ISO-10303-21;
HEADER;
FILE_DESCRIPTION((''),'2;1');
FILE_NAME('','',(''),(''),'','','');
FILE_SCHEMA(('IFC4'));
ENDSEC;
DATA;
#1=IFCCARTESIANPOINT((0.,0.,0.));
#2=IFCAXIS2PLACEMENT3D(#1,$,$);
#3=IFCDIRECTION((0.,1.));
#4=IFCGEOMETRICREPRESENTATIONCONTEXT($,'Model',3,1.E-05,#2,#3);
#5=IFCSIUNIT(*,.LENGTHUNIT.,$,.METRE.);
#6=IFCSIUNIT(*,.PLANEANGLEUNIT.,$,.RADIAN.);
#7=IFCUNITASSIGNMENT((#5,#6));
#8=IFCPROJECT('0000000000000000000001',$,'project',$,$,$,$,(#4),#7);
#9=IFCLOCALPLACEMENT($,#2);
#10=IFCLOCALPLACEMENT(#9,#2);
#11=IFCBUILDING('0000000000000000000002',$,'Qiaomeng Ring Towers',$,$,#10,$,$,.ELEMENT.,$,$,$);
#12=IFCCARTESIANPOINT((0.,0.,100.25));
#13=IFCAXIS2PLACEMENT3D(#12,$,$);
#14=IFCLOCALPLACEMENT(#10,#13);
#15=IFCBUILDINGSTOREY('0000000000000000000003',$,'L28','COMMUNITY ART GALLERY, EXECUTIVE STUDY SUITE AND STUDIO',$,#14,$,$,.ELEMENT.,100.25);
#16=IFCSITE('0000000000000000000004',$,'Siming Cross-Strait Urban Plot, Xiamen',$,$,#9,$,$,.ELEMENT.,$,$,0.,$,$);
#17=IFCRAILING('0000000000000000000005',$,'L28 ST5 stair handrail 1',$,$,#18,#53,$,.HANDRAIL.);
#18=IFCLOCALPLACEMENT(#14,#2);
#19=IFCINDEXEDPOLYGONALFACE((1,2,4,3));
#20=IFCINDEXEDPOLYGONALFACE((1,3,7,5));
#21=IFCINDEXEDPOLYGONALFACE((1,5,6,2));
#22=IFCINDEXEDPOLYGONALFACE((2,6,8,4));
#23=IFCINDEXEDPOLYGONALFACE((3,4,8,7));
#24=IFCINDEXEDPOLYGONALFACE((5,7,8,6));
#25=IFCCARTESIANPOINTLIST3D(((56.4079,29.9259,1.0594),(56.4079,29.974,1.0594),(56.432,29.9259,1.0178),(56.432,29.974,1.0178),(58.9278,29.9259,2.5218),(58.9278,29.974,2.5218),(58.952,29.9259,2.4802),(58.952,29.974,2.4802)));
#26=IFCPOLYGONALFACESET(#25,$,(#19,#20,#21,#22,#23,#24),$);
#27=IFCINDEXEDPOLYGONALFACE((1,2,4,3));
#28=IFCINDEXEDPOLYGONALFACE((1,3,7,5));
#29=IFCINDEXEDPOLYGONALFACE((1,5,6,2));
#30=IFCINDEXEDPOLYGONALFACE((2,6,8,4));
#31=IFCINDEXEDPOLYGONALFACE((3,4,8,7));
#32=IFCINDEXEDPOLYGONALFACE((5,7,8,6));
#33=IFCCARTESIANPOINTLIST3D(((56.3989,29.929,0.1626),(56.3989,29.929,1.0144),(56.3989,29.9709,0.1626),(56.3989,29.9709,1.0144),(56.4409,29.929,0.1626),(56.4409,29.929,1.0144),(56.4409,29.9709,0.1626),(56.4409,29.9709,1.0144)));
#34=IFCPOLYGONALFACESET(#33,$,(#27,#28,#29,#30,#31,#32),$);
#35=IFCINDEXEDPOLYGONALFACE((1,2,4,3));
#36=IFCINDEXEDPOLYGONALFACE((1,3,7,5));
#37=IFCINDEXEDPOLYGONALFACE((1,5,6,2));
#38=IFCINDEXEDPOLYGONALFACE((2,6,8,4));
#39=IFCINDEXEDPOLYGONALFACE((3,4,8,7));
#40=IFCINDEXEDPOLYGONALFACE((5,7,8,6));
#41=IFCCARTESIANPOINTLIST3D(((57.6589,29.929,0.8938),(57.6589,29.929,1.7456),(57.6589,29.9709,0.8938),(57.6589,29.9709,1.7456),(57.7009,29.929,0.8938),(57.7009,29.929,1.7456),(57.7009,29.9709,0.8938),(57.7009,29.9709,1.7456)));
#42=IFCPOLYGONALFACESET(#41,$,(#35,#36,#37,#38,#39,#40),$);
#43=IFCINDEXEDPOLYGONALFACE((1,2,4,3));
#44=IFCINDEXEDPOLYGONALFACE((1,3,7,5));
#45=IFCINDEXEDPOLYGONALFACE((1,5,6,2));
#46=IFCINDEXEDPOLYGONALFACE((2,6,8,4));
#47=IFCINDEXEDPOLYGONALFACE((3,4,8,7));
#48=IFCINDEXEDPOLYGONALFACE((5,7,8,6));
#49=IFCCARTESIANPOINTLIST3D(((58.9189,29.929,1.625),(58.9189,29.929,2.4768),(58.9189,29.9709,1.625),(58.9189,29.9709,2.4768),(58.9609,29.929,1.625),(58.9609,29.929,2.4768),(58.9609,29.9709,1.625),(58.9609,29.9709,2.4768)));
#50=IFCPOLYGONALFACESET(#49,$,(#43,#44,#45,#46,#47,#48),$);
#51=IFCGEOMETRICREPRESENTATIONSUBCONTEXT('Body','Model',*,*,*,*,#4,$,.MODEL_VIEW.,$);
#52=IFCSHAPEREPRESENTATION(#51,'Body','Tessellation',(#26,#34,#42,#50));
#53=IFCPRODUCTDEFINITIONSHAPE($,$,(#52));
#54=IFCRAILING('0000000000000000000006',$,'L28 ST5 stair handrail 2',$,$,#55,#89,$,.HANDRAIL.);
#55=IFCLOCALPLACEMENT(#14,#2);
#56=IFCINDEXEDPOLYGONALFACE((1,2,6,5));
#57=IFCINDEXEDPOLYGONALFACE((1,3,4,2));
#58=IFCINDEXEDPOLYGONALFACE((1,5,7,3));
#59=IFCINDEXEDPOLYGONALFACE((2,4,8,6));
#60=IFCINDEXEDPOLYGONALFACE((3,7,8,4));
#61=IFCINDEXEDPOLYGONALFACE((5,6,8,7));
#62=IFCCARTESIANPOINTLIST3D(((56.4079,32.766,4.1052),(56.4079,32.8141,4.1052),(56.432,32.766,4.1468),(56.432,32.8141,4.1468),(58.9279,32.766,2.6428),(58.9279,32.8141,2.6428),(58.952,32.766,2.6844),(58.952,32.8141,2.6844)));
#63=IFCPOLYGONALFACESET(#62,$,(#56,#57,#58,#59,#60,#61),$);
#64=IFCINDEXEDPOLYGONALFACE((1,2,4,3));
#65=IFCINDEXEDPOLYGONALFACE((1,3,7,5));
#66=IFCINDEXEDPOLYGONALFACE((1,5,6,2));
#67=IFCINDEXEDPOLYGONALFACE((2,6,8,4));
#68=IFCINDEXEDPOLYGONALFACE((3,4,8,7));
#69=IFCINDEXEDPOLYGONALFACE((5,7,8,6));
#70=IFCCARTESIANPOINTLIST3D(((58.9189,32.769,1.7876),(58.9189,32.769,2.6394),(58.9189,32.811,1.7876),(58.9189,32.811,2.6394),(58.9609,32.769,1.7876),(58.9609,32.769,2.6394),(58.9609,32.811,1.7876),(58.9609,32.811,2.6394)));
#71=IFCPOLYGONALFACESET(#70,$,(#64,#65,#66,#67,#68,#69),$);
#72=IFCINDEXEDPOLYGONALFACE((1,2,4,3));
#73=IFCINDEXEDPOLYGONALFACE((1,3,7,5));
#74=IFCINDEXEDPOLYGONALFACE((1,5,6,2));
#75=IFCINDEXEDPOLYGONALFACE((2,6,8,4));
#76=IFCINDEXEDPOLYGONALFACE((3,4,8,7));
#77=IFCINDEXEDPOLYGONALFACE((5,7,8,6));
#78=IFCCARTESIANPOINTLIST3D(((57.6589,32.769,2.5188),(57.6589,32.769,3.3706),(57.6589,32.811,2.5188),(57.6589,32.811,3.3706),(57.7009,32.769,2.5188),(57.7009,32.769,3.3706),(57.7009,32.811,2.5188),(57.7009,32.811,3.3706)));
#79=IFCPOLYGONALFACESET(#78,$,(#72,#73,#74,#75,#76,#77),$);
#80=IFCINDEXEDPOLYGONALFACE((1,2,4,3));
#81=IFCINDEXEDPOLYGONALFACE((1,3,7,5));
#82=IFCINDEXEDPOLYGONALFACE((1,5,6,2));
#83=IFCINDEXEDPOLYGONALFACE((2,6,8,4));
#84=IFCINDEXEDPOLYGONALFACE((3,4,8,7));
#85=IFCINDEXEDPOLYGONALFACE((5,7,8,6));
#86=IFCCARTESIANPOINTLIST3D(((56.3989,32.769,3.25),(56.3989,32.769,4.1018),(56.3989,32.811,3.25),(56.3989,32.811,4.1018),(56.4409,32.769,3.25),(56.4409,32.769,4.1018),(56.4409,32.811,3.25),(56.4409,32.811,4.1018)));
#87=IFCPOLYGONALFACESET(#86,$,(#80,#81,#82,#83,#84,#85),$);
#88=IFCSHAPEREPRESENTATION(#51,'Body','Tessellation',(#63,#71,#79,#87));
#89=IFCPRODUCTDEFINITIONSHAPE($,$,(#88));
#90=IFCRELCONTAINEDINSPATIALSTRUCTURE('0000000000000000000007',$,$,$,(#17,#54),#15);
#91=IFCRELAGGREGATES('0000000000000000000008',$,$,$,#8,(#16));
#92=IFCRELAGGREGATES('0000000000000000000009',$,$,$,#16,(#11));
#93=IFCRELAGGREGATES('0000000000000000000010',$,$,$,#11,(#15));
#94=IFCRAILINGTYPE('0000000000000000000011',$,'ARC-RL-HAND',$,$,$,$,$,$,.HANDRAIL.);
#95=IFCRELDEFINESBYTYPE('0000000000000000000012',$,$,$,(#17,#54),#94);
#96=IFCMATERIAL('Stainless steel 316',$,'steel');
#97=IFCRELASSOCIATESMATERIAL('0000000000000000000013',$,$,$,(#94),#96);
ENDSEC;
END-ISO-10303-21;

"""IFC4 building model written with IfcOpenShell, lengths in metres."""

from ifc_helpers import new_model, si_unit, direction, frame, origin, origin_2d, place, context, subcontext, project, spatial, rectangle, extrude, material, type_object, element, save


model = new_model("IFC4")

# Units and contexts
model_context = context("Model", 3, precision=1e-05, world=origin(), true_north=direction((0.0, 1.0)))
body_context = subcontext(model_context, "Body", "Model", "MODEL_VIEW")
ifc_project = project(units=[si_unit("LENGTHUNIT", "METRE"), si_unit("PLANEANGLEUNIT", "RADIAN")], contexts=[model_context])

# Site, building, storey
site_placement = place(None, origin())
site = spatial("IfcSite", under=ifc_project, at=site_placement, Name="Siming Cross-Strait Urban Plot, Xiamen", CompositionType="ELEMENT", RefElevation=0.0)
building_placement = place(site_placement, origin())
building = spatial("IfcBuilding", under=site, at=building_placement, Name="Qiaomeng Ring Towers", CompositionType="ELEMENT")
storey_placement = place(building_placement, frame((0.0, 0.0, 100.25)))
storey = spatial("IfcBuildingStorey", under=building, at=storey_placement, Name="L28", Description="COMMUNITY ART GALLERY, EXECUTIVE STUDY SUITE AND STUDIO", CompositionType="ELEMENT", Elevation=100.25)

# Shared definitions
ifc_material_1 = material(Name="Stainless steel 316", Category="steel")

# Railings
railing_type_1 = type_object("IfcRailingType", Name="ARC-RL-HAND", PredefinedType="HANDRAIL", material=ifc_material_1)
railing_1_placement = place(storey_placement, frame((56.4199, 29.95, 0.1626)))
element("IfcRailing", 1, at=railing_1_placement, inside=storey, type_object=railing_type_1, Name="L28 ST5 stair handrail 1", PredefinedType="HANDRAIL", context=body_context, shape_type="SweptSolid", body=[
    extrude(rectangle(XDim=0.0481, YDim=0.0481, at=origin_2d()), frame((0.0, 0.0, 0.876), z_axis=(0.864913, 0.0, 0.501921), x_axis=(0.0, 1.0, 0.0)), (0.0, 0.0, 1.0), 2.9136),
    extrude(rectangle(XDim=0.042, YDim=0.042, at=origin_2d()), origin(), (0.0, 0.0, 1.0), 0.8518),
    extrude(rectangle(XDim=0.042, YDim=0.042, at=origin_2d()), frame((1.26, 0.0, 0.7312)), (0.0, 0.0, 1.0), 0.8518),
    extrude(rectangle(XDim=0.042, YDim=0.042, at=origin_2d()), frame((2.52, 0.0, 1.4624)), (0.0, 0.0, 1.0), 0.8518),
])
railing_2_placement = place(storey_placement, frame((58.9399, 32.79, 1.7876)))
element("IfcRailing", 2, at=railing_2_placement, inside=storey, type_object=railing_type_1, Name="L28 ST5 stair handrail 2", PredefinedType="HANDRAIL", context=body_context, shape_type="SweptSolid", body=[
    extrude(rectangle(XDim=0.0481, YDim=0.0481, at=origin_2d()), frame((0.0, 0.0, 0.876), z_axis=(-0.864913, 0.0, 0.501921), x_axis=(0.0, -1.0, 0.0)), (0.0, 0.0, 1.0), 2.9136),
    extrude(rectangle(XDim=0.042, YDim=0.042, at=origin_2d()), origin(), (0.0, 0.0, 1.0), 0.8518),
    extrude(rectangle(XDim=0.042, YDim=0.042, at=origin_2d()), frame((-1.26, 0.0, 0.7312)), (0.0, 0.0, 1.0), 0.8518),
    extrude(rectangle(XDim=0.042, YDim=0.042, at=origin_2d()), frame((-2.52, 0.0, 1.4624)), (0.0, 0.0, 1.0), 0.8518),
])

save(model, "model.ifc")
